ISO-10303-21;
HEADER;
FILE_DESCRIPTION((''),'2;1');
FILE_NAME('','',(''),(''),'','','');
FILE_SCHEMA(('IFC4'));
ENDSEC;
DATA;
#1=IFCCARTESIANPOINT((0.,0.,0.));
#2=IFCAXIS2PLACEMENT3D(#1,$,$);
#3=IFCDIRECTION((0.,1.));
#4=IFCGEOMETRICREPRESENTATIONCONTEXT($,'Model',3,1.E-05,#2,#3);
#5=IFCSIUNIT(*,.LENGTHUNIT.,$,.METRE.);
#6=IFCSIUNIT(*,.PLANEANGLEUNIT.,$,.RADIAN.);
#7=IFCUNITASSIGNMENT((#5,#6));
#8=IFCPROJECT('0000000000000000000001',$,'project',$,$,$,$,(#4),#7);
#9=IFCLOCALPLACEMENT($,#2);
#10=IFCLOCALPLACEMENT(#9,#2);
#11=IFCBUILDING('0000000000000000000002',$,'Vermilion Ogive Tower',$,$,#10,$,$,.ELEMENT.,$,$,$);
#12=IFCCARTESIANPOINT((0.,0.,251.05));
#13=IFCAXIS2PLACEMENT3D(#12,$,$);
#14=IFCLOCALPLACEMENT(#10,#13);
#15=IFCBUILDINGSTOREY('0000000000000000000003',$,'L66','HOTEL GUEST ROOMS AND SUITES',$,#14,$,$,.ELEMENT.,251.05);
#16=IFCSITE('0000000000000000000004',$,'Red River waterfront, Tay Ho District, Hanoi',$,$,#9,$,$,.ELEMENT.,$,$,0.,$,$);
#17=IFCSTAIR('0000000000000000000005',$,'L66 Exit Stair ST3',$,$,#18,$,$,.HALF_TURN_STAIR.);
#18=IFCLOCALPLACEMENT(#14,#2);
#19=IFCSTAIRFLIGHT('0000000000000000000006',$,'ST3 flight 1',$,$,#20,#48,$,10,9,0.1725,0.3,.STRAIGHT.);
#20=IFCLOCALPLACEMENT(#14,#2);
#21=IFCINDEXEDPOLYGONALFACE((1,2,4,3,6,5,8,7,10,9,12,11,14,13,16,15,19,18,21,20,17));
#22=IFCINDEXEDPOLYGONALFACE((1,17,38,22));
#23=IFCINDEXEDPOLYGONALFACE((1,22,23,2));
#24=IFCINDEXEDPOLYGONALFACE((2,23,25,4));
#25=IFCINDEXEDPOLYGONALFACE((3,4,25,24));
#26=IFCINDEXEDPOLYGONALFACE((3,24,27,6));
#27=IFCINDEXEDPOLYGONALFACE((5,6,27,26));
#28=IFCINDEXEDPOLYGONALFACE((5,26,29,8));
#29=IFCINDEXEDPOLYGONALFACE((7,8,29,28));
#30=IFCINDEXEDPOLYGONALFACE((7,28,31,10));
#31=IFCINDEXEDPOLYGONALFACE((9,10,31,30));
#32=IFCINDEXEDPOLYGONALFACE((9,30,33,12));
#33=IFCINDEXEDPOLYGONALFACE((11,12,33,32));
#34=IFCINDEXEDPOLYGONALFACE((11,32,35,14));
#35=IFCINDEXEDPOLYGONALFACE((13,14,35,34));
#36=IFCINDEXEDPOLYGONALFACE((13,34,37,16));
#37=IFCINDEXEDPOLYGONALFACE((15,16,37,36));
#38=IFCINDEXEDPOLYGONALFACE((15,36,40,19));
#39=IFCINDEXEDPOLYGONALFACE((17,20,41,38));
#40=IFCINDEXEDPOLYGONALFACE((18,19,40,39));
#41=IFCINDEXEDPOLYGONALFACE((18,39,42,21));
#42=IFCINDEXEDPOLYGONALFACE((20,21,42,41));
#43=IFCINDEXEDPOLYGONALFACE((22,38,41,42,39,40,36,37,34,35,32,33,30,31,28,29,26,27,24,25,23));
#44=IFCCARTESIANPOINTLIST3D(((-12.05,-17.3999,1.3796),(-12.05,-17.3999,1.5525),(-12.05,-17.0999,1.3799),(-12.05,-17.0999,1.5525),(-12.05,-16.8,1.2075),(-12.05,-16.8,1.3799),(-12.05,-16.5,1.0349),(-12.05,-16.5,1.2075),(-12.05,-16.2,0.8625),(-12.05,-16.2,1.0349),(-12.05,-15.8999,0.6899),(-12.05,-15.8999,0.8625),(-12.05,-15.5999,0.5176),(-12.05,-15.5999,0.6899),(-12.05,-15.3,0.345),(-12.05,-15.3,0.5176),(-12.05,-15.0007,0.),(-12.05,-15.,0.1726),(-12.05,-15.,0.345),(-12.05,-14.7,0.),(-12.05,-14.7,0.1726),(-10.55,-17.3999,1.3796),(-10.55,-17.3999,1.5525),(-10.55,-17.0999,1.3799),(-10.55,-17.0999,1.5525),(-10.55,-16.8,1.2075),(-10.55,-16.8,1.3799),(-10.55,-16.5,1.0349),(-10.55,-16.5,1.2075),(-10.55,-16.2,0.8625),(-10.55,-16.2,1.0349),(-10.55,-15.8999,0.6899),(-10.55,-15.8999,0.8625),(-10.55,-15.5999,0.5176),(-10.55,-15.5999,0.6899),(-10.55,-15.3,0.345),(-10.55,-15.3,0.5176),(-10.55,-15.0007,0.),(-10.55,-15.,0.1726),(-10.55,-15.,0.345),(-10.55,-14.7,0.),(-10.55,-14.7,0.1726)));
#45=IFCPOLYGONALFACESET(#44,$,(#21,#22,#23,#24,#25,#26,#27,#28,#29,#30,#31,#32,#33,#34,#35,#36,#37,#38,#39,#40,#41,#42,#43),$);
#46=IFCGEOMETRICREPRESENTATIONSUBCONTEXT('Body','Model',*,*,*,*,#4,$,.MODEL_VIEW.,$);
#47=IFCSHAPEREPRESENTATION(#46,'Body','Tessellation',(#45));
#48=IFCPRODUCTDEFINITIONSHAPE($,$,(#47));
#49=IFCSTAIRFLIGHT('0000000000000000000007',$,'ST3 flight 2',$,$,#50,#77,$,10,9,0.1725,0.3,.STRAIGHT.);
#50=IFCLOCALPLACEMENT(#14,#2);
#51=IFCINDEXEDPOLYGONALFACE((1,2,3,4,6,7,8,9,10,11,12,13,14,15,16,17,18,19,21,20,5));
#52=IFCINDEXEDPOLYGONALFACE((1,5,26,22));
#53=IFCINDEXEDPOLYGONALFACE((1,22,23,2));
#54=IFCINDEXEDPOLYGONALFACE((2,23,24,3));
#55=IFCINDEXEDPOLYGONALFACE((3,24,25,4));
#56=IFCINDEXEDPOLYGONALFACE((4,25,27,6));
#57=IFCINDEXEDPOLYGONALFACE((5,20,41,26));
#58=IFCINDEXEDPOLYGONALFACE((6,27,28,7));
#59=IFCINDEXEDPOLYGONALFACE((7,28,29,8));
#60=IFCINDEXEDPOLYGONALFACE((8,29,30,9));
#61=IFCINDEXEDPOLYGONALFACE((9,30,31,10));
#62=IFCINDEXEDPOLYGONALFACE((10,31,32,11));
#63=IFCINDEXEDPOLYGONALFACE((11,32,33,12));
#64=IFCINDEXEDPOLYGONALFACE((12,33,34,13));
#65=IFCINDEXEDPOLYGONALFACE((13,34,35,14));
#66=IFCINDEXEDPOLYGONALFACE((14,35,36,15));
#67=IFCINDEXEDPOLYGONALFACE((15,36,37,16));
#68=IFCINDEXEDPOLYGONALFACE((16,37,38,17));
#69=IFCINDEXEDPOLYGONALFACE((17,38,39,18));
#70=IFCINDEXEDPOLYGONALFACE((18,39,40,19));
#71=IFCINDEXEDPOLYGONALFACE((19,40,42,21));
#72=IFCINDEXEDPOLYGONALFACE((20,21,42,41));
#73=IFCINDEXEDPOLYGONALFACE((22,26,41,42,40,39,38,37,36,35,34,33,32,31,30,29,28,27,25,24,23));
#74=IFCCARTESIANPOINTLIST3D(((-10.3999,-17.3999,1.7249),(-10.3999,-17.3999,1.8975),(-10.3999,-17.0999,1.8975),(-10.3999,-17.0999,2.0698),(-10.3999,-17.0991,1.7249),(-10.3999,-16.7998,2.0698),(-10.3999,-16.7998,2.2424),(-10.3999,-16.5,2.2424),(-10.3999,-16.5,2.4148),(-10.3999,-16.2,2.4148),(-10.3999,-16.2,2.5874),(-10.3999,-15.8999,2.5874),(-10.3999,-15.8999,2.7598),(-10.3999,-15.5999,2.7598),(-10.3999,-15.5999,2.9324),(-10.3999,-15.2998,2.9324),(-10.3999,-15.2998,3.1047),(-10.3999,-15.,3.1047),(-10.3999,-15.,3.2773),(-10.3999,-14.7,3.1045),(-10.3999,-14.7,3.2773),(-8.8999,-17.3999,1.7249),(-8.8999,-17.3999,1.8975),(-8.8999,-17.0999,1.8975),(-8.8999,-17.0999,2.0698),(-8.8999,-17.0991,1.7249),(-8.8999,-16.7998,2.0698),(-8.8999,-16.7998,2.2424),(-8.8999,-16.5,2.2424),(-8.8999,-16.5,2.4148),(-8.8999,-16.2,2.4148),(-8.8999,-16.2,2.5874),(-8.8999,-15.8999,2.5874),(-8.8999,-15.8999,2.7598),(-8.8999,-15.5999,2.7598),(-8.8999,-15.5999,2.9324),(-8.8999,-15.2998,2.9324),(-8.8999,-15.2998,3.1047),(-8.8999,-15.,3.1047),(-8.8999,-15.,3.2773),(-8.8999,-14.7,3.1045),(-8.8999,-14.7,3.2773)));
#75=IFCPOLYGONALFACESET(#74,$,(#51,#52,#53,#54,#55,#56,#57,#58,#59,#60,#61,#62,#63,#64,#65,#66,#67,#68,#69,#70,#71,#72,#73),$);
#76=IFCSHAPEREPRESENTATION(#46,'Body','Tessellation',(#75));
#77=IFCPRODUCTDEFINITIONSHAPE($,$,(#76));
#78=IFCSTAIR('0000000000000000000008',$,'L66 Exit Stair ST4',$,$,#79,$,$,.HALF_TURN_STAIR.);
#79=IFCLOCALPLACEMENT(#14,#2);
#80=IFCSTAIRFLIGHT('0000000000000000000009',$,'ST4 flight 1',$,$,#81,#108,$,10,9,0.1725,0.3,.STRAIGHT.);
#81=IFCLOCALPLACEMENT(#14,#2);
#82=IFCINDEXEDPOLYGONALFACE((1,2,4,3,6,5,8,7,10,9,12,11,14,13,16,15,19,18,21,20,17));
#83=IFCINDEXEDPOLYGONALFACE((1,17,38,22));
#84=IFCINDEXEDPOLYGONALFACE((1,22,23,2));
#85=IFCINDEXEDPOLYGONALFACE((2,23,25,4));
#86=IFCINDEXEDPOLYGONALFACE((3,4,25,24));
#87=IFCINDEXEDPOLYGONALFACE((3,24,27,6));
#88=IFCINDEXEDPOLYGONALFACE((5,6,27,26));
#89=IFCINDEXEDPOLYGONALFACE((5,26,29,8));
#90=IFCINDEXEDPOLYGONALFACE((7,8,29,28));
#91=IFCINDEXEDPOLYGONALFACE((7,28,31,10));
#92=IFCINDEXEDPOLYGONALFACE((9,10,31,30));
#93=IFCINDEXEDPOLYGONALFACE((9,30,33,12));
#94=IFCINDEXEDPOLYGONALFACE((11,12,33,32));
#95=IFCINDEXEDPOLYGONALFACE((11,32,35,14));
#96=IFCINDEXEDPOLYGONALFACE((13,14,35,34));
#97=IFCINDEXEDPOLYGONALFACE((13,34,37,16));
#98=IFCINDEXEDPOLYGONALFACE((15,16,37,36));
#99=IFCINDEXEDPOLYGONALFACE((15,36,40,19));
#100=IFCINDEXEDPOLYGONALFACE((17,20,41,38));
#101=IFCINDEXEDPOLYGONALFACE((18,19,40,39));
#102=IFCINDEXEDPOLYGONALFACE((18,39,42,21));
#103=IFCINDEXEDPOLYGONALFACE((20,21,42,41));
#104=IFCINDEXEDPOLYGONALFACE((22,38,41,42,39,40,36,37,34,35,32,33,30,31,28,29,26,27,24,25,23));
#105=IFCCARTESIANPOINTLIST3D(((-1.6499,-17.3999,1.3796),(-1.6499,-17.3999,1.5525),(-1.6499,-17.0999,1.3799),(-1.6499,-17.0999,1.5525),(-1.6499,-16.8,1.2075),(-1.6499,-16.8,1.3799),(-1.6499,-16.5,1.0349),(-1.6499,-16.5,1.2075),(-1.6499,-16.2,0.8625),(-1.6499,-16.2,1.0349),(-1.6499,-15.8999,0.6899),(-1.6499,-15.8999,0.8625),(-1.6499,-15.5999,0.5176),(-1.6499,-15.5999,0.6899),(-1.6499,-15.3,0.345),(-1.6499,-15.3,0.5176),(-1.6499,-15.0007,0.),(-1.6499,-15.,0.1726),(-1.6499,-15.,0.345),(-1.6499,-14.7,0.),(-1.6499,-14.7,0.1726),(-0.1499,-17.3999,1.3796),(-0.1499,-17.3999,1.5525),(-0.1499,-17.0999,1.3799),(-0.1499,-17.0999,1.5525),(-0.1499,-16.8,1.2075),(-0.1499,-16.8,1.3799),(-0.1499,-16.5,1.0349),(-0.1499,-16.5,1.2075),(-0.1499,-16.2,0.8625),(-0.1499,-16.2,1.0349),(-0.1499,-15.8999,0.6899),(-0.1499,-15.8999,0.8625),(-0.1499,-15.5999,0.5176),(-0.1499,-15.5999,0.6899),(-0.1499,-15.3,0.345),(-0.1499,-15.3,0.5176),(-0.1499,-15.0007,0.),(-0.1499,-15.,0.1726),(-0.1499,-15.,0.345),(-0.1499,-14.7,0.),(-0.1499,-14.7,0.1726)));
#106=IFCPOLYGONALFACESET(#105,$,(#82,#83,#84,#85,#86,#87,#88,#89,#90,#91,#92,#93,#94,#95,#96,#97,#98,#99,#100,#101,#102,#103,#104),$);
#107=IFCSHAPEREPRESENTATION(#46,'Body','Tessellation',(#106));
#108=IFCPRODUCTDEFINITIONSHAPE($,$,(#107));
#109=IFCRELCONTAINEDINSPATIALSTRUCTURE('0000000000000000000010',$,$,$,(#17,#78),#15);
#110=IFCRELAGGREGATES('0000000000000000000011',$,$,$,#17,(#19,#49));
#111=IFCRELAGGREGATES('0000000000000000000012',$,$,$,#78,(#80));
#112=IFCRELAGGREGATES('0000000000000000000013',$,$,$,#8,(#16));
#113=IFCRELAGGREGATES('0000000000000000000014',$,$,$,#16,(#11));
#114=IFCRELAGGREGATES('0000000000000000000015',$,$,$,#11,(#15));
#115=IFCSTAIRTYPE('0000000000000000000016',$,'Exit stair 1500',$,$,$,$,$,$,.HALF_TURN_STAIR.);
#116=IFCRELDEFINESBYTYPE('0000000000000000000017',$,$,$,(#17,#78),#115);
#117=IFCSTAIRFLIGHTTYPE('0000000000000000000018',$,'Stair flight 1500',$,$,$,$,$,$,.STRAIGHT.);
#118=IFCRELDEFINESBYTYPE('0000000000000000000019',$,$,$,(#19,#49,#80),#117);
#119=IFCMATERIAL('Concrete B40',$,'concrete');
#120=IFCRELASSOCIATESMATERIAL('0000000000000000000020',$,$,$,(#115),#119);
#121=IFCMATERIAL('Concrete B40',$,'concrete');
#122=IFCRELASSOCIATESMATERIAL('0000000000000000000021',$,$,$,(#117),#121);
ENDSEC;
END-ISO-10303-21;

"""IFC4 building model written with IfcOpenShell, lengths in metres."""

from ifc_helpers import new_model, si_unit, direction, frame, origin, place, context, subcontext, project, spatial, polyline, outline, extrude, material, type_object, element, aggregate, save


model = new_model("IFC4")

# Units and contexts
model_context = context("Model", 3, precision=1e-05, world=origin(), true_north=direction((0.0, 1.0)))
body_context = subcontext(model_context, "Body", "Model", "MODEL_VIEW")
ifc_project = project(units=[si_unit("LENGTHUNIT", "METRE"), si_unit("PLANEANGLEUNIT", "RADIAN")], contexts=[model_context])

# Site, building, storey
site_placement = place(None, origin())
site = spatial("IfcSite", under=ifc_project, at=site_placement, Name="Red River waterfront, Tay Ho District, Hanoi", CompositionType="ELEMENT", RefElevation=0.0)
building_placement = place(site_placement, origin())
building = spatial("IfcBuilding", under=site, at=building_placement, Name="Vermilion Ogive Tower", CompositionType="ELEMENT")
storey_placement = place(building_placement, frame((0.0, 0.0, 251.05)))
storey = spatial("IfcBuildingStorey", under=building, at=storey_placement, Name="L66", Description="HOTEL GUEST ROOMS AND SUITES", CompositionType="ELEMENT", Elevation=251.05)

# Stair, stair flights
ifc_material_1 = material(Name="Concrete B40", Category="concrete")
stair_type = type_object("IfcStairType", Name="Exit stair 1500", PredefinedType="HALF_TURN_STAIR", material=ifc_material_1)
stair_1_placement = place(storey_placement, origin())
stair_1 = element("IfcStair", 1, at=stair_1_placement, inside=storey, type_object=stair_type, Name="L66 Exit Stair ST3", PredefinedType="HALF_TURN_STAIR")
ifc_material_2 = material(Name="Concrete B40", Category="concrete")
stair_flight_type = type_object("IfcStairFlightType", Name="Stair flight 1500", PredefinedType="STRAIGHT", material=ifc_material_2)
stair_flight_1_placement = place(storey_placement, frame((-11.3, -14.7, 0.0), z_axis=(0.0, 0.0, 1.0), x_axis=(0.0, -1.0, 0.0)))
stair_flight_1 = element("IfcStairFlight", 2, at=stair_flight_1_placement, type_object=stair_flight_type, Name="ST3 flight 1", NumberOfRisers=10, NumberOfTreads=9, PredefinedType="STRAIGHT", RiserHeight=0.1725, TreadLength=0.3, context=body_context, shape_type="SweptSolid", body=[
    extrude(outline(polyline([(0.0, 0.0), (0.0, 0.1726), (0.3, 0.1726), (0.3, 0.345), (0.6001, 0.345), (0.6001, 0.5176), (0.8999, 0.5176), (0.8999, 0.6899), (1.2, 0.6899), (1.2, 0.8625), (1.5, 0.8625), (1.5, 1.0349), (1.8, 1.0349), (1.8, 1.2075), (2.1001, 1.2075), (2.1001, 1.3799), (2.3999, 1.3799), (2.3999, 1.5525), (2.7, 1.5525), (2.7, 1.7251), (2.7, 1.3796), (0.3008, 0.0), (0.0, 0.0)])), frame((0.0, 0.75, 0.0), z_axis=(0.0, -1.0, 0.0), x_axis=(1.0, 0.0, 0.0)), (0.0, 0.0, 1.0), 1.5),
])
stair_flight_2_placement = place(storey_placement, frame((-9.6499, -17.3999, 1.7249), z_axis=(0.0, 0.0, 1.0), x_axis=(0.0, 1.0, 0.0)))
stair_flight_2 = element("IfcStairFlight", 3, at=stair_flight_2_placement, type_object=stair_flight_type, Name="ST3 flight 2", NumberOfRisers=10, NumberOfTreads=9, PredefinedType="STRAIGHT", RiserHeight=0.1725, TreadLength=0.3, context=body_context, shape_type="SweptSolid", body=[
    extrude(outline(polyline([(0.0, 0.0), (0.0, 0.1726), (0.3, 0.1726), (0.3, 0.345), (0.6001, 0.345), (0.6001, 0.5176), (0.8999, 0.5176), (0.8999, 0.6899), (1.2, 0.6899), (1.2, 0.8625), (1.5, 0.8625), (1.5, 1.0349), (1.8, 1.0349), (1.8, 1.2075), (2.1001, 1.2075), (2.1001, 1.3799), (2.3999, 1.3799), (2.3999, 1.5525), (2.7, 1.5525), (2.7, 1.7251), (2.7, 1.3796), (0.3008, 0.0), (0.0, 0.0)])), frame((0.0, 0.75, 0.0), z_axis=(0.0, -1.0, 0.0), x_axis=(1.0, 0.0, 0.0)), (0.0, 0.0, 1.0), 1.5),
])
aggregate(stair_1, [stair_flight_1, stair_flight_2])

# Stair, stair flight
stair_2_placement = place(storey_placement, origin())
stair_2 = element("IfcStair", 4, at=stair_2_placement, inside=storey, type_object=stair_type, Name="L66 Exit Stair ST4", PredefinedType="HALF_TURN_STAIR")
stair_flight_3_placement = place(storey_placement, frame((-0.8999, -14.7, 0.0), z_axis=(0.0, 0.0, 1.0), x_axis=(0.0, -1.0, 0.0)))
stair_flight_3 = element("IfcStairFlight", 5, at=stair_flight_3_placement, type_object=stair_flight_type, Name="ST4 flight 1", NumberOfRisers=10, NumberOfTreads=9, PredefinedType="STRAIGHT", RiserHeight=0.1725, TreadLength=0.3, context=body_context, shape_type="SweptSolid", body=[
    extrude(outline(polyline([(0.0, 0.0), (0.0, 0.1726), (0.3, 0.1726), (0.3, 0.345), (0.6001, 0.345), (0.6001, 0.5176), (0.8999, 0.5176), (0.8999, 0.6899), (1.2, 0.6899), (1.2, 0.8625), (1.5, 0.8625), (1.5, 1.0349), (1.8, 1.0349), (1.8, 1.2075), (2.1001, 1.2075), (2.1001, 1.3799), (2.3999, 1.3799), (2.3999, 1.5525), (2.7, 1.5525), (2.7, 1.7251), (2.7, 1.3796), (0.3008, 0.0), (0.0, 0.0)])), frame((0.0, 0.75, 0.0), z_axis=(0.0, -1.0, 0.0), x_axis=(1.0, 0.0, 0.0)), (0.0, 0.0, 1.0), 1.5),
])
aggregate(stair_2, [stair_flight_3])

save(model, "model.ifc")
